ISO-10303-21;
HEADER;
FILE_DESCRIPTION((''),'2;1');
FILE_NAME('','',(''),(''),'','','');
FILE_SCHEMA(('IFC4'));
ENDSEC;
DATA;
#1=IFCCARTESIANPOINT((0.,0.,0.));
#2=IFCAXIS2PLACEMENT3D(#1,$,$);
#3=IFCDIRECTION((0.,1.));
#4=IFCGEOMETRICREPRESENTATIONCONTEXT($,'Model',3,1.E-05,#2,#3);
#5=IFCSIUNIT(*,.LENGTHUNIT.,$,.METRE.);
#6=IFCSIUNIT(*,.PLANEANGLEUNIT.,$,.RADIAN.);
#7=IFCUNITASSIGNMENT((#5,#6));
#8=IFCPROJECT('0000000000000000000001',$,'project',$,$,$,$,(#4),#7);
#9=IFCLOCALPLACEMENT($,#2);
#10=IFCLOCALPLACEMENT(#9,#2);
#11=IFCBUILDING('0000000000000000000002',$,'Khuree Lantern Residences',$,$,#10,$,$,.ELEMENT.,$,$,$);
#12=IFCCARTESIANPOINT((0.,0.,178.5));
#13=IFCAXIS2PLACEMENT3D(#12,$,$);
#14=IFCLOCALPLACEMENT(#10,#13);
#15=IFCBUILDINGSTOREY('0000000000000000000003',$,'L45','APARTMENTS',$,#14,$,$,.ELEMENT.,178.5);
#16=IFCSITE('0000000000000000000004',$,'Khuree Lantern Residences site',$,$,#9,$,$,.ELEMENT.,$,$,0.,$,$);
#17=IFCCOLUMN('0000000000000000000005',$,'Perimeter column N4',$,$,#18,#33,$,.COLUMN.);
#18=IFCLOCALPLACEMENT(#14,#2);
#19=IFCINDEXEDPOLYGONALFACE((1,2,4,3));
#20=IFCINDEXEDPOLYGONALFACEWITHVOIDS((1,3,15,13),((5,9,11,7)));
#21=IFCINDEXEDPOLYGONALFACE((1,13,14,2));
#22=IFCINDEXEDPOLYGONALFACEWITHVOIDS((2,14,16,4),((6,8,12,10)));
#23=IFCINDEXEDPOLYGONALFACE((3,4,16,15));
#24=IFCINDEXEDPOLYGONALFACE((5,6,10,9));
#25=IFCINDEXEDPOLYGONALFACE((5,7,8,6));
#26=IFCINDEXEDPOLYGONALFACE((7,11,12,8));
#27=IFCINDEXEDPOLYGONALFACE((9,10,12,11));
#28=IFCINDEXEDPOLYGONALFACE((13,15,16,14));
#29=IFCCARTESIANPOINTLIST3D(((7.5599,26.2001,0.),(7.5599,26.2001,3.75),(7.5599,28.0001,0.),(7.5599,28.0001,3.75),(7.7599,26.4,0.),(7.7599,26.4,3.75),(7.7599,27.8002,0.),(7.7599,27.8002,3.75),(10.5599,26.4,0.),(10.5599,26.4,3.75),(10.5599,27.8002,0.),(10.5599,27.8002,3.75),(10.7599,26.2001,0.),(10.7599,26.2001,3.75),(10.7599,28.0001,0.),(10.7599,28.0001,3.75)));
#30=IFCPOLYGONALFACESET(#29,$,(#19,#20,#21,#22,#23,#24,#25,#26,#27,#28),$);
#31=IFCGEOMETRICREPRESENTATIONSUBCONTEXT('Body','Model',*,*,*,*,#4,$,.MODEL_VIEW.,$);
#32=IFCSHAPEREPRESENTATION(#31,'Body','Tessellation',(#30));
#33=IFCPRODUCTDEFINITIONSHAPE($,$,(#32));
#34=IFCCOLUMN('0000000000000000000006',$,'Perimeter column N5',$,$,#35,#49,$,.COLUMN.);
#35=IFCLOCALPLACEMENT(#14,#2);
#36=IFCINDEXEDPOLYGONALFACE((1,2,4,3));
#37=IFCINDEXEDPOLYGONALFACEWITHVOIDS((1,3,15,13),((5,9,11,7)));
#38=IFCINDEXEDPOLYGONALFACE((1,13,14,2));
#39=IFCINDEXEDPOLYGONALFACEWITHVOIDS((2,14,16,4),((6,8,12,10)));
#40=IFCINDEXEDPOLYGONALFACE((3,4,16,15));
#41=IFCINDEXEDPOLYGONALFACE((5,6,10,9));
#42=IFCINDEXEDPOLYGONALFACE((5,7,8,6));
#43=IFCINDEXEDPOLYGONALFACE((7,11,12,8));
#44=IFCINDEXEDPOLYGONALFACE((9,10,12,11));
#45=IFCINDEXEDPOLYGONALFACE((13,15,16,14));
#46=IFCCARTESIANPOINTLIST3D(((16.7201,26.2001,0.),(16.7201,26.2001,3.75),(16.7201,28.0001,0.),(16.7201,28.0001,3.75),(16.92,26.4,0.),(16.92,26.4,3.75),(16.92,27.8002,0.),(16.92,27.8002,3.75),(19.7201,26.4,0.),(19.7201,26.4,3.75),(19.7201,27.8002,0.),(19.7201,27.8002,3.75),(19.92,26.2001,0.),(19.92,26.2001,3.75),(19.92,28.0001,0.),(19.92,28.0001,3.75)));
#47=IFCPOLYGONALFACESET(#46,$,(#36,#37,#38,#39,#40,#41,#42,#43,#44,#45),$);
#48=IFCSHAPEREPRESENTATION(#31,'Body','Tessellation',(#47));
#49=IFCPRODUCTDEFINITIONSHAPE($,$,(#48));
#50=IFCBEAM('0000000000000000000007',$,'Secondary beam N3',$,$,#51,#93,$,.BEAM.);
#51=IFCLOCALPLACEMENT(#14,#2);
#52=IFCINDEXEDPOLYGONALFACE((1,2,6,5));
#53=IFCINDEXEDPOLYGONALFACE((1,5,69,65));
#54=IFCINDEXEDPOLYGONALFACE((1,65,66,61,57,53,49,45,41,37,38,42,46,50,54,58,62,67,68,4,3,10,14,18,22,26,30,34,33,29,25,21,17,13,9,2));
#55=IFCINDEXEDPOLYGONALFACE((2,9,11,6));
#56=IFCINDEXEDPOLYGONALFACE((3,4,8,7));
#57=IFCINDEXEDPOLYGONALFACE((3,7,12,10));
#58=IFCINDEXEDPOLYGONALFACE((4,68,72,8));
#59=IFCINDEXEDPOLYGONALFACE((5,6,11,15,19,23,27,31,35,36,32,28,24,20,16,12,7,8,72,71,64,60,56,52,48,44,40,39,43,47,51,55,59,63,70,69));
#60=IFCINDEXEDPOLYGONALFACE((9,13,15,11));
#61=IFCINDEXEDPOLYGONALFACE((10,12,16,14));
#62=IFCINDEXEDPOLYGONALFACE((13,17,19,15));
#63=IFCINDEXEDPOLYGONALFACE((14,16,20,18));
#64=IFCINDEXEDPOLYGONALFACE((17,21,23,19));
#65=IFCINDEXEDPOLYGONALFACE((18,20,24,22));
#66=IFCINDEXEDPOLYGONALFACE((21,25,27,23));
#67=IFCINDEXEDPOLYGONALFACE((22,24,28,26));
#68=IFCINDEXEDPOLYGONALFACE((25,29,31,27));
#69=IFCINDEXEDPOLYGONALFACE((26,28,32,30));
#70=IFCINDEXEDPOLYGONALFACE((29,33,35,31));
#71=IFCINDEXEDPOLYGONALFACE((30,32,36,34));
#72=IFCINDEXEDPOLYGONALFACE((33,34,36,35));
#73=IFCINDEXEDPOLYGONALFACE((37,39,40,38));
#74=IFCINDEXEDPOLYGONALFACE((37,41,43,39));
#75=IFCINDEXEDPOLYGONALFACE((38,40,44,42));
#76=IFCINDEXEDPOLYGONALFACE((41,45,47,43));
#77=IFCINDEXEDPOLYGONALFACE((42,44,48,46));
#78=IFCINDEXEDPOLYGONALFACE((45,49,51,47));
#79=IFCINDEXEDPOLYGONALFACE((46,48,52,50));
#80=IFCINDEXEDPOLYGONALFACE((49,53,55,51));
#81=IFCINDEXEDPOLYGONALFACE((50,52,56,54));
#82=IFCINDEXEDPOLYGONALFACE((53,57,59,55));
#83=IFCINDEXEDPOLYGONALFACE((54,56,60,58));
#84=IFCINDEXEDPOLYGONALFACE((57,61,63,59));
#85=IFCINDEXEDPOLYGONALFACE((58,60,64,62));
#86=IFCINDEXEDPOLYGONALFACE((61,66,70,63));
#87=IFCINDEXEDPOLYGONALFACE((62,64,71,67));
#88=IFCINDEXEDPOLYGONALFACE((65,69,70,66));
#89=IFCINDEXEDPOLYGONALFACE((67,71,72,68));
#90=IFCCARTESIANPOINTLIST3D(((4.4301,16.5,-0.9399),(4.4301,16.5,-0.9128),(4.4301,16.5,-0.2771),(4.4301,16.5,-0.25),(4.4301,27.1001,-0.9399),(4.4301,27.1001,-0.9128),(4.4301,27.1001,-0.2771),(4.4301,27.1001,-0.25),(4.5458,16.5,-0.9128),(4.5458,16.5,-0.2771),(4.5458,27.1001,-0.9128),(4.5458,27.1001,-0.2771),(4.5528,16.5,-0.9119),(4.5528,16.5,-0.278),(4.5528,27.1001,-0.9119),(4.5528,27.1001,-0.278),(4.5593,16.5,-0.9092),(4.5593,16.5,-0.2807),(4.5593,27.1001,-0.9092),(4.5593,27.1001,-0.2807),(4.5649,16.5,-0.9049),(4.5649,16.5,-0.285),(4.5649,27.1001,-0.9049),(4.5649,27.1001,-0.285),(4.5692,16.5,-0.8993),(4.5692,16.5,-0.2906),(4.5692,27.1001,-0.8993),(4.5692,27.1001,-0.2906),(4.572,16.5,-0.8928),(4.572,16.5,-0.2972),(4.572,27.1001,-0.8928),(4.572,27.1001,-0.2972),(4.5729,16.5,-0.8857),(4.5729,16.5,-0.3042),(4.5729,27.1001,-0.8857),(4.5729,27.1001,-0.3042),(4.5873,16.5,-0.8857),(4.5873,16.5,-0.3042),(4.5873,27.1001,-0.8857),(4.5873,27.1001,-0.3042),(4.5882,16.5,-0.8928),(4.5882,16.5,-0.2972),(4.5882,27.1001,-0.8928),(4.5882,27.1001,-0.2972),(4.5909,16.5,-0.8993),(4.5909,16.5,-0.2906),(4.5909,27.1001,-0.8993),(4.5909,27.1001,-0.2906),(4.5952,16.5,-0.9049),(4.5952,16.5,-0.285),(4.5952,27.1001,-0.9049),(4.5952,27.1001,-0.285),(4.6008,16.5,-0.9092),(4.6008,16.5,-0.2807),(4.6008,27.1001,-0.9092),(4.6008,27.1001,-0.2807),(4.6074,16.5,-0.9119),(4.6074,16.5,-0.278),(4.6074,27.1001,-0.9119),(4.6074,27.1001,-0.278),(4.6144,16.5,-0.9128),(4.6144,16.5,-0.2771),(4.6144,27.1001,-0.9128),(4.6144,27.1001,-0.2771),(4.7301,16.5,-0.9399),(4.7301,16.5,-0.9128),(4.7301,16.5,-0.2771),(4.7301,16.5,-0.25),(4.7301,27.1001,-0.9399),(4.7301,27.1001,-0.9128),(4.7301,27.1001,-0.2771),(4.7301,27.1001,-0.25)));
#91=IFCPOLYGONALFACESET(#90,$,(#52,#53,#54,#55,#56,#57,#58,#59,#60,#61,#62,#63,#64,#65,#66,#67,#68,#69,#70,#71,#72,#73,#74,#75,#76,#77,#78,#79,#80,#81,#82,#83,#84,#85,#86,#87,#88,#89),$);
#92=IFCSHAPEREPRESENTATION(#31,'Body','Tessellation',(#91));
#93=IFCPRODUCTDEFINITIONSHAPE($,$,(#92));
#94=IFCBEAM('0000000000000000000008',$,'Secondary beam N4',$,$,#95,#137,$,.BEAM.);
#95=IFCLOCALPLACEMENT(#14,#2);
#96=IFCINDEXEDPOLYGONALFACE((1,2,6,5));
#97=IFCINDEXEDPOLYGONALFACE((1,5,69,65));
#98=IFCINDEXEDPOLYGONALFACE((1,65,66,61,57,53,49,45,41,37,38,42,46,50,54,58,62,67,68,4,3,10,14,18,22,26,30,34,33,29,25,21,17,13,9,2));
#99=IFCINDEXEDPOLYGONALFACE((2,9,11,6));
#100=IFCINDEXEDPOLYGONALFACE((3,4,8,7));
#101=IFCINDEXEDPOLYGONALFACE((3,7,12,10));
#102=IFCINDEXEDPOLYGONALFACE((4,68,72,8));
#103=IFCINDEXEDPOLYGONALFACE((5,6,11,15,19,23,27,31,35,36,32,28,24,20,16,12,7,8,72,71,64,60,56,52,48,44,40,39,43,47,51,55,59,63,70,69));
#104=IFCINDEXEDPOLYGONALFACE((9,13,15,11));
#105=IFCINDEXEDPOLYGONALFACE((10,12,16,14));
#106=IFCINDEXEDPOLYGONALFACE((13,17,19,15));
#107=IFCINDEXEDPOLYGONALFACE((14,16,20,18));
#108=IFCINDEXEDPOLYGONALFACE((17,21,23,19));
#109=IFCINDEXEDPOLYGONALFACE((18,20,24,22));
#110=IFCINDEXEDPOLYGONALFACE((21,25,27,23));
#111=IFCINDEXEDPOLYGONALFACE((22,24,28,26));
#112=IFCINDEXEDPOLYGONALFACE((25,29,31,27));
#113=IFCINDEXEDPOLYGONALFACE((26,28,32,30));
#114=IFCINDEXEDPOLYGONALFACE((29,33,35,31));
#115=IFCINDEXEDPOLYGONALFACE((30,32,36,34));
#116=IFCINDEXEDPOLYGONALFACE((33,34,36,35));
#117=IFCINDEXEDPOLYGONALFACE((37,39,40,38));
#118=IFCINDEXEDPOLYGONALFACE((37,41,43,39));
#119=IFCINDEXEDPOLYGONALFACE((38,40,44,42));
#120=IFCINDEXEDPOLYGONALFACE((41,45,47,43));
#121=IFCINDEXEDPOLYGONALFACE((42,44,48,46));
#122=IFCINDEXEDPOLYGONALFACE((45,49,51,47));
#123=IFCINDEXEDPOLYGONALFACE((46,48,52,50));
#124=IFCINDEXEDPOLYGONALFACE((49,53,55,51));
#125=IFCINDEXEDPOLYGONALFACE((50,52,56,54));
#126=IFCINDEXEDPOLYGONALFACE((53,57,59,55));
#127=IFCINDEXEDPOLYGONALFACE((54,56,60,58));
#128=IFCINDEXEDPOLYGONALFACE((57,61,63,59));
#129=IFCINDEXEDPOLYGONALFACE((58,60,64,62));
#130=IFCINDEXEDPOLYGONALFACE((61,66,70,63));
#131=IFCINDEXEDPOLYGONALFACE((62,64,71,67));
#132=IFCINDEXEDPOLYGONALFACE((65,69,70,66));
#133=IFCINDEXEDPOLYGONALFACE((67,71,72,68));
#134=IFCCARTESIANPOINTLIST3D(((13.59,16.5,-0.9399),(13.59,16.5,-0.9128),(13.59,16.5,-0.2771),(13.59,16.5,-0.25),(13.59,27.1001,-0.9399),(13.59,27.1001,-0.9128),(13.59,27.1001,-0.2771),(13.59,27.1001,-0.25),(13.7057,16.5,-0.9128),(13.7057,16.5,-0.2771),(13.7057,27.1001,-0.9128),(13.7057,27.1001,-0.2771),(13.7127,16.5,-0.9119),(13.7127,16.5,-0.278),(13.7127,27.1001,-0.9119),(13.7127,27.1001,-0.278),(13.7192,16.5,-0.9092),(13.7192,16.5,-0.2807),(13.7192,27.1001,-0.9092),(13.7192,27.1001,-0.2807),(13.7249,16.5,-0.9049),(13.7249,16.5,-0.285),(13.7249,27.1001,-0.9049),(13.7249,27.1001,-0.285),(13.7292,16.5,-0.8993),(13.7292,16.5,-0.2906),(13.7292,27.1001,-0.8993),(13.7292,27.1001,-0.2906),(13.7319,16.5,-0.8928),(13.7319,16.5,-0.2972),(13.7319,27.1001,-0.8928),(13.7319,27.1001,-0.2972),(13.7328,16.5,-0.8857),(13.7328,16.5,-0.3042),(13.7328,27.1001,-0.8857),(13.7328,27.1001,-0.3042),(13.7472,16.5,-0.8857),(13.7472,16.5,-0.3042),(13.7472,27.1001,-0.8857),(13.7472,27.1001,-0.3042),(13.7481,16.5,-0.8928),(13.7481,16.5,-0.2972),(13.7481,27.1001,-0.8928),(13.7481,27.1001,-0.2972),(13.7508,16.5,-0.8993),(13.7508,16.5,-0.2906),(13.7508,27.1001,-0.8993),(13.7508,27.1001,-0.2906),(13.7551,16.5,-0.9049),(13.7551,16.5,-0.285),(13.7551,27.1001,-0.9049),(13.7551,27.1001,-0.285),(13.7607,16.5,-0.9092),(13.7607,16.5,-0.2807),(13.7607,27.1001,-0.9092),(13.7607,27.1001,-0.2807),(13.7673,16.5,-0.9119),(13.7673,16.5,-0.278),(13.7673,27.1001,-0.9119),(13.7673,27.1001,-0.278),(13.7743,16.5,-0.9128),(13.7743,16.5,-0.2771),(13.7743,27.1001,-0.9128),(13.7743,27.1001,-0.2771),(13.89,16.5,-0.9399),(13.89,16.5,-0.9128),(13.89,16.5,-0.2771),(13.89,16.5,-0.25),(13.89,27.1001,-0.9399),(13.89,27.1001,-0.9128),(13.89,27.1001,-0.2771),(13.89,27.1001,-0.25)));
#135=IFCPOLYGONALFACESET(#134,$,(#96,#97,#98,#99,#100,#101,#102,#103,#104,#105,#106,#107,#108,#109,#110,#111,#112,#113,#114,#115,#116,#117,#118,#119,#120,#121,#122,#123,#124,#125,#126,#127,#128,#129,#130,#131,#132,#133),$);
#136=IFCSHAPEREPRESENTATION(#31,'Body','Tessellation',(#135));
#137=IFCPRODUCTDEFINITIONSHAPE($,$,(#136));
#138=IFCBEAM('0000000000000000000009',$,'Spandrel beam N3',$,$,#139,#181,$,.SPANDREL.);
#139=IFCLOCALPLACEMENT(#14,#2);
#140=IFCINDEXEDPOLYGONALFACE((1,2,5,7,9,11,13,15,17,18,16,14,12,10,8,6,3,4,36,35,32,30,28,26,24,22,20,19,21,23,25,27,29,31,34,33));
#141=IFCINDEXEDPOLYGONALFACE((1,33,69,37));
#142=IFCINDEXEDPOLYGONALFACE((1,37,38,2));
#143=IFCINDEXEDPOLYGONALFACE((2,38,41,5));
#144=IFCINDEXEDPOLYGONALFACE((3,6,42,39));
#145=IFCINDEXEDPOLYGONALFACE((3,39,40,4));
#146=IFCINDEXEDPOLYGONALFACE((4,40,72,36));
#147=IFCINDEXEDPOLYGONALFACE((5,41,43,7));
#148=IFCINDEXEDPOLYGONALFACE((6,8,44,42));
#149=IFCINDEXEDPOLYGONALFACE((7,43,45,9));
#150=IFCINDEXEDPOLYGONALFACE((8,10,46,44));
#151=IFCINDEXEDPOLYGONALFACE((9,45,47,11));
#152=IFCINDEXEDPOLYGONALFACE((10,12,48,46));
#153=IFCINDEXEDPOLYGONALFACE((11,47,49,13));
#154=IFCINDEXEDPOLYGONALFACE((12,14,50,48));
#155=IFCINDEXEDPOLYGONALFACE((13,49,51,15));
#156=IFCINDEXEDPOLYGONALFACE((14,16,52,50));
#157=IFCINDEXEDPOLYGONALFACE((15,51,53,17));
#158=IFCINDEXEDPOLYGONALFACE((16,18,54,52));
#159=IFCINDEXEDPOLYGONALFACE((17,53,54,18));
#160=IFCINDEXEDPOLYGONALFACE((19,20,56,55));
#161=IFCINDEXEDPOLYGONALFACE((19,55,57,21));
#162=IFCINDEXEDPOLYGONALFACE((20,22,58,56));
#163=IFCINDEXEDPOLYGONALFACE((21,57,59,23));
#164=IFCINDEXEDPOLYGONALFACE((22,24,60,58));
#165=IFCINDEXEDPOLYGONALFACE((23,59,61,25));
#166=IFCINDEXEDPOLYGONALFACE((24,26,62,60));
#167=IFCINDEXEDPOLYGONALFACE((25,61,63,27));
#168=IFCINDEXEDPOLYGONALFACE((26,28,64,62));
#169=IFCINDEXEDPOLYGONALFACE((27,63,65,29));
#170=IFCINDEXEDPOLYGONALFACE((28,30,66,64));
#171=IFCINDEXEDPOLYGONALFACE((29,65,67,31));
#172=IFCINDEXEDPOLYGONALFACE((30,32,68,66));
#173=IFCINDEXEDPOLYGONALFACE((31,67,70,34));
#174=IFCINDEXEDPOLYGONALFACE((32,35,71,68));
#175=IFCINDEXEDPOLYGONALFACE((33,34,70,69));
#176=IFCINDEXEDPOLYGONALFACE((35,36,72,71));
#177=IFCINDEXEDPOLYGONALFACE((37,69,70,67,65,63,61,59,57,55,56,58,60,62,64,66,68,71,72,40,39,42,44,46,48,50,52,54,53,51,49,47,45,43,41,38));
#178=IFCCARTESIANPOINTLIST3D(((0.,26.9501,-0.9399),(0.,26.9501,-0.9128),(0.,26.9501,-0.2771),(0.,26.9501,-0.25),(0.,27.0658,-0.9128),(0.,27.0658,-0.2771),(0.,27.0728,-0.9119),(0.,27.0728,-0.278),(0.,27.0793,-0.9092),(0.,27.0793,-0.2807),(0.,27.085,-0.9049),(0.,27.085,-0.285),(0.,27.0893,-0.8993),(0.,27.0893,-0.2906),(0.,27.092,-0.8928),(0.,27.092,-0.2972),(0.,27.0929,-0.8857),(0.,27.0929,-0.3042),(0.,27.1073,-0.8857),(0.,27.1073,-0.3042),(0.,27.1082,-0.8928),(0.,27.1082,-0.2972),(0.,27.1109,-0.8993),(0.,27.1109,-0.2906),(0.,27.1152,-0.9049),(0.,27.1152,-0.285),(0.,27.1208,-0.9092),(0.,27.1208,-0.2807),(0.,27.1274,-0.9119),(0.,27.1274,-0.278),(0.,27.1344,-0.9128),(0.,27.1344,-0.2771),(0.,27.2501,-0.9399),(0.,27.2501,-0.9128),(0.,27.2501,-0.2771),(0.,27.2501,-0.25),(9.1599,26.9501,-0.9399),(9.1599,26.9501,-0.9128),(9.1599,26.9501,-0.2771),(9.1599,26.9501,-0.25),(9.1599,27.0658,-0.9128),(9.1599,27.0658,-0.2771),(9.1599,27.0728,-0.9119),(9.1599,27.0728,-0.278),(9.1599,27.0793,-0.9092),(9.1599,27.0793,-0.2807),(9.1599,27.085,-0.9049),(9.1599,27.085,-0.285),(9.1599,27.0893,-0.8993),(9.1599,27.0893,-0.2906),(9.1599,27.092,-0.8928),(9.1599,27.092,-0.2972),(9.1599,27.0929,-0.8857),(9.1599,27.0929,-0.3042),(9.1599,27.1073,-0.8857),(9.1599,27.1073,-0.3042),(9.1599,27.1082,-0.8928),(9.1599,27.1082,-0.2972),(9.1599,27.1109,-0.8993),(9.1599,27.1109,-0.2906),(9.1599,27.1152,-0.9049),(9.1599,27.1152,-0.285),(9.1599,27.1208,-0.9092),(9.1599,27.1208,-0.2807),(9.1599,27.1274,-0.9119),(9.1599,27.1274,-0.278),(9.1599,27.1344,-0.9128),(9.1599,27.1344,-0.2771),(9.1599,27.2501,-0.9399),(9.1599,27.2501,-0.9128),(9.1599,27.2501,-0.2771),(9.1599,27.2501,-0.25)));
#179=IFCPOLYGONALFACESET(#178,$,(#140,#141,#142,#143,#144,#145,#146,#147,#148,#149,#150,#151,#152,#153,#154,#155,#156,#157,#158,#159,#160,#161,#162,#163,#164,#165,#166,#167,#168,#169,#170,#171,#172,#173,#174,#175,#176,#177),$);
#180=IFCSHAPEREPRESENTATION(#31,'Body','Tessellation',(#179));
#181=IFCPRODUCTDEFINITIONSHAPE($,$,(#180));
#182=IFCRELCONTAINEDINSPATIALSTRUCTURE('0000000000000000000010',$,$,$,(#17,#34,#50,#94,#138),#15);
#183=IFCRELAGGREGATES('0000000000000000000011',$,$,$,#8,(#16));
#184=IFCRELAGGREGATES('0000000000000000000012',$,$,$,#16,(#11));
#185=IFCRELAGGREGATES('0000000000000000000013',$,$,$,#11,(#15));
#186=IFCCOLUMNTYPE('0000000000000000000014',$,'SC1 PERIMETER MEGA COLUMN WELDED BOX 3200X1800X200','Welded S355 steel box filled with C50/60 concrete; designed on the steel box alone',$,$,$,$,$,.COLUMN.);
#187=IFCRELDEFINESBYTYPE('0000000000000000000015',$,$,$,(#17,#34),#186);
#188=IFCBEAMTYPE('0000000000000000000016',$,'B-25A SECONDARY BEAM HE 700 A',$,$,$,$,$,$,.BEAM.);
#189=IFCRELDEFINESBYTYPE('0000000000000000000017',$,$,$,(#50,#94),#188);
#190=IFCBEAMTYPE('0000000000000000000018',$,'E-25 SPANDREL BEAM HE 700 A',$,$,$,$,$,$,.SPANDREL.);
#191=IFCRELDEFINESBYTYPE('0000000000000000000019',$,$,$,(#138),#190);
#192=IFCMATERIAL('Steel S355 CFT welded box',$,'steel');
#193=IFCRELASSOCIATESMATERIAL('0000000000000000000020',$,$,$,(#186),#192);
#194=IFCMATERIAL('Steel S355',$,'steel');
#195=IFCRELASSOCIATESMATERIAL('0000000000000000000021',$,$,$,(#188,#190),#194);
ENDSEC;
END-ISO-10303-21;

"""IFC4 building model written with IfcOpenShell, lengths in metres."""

from ifc_helpers import new_model, si_unit, direction, frame, origin, origin_2d, place, context, subcontext, project, spatial, hollow_rectangle, i_section, extrude, material, material_profile, profile_set, type_object, element, save


model = new_model("IFC4")

# Units and contexts
model_context = context("Model", 3, precision=1e-05, world=origin(), true_north=direction((0.0, 1.0)))
body_context = subcontext(model_context, "Body", "Model", "MODEL_VIEW")
ifc_project = project(units=[si_unit("LENGTHUNIT", "METRE"), si_unit("PLANEANGLEUNIT", "RADIAN")], contexts=[model_context])

# Site, building, storey
site_placement = place(None, origin())
site = spatial("IfcSite", under=ifc_project, at=site_placement, Name="Khuree Lantern Residences site", CompositionType="ELEMENT", RefElevation=0.0)
building_placement = place(site_placement, origin())
building = spatial("IfcBuilding", under=site, at=building_placement, Name="Khuree Lantern Residences", CompositionType="ELEMENT")
storey_placement = place(building_placement, frame((0.0, 0.0, 178.5)))
storey = spatial("IfcBuildingStorey", under=building, at=storey_placement, Name="L45", Description="APARTMENTS", CompositionType="ELEMENT", Elevation=178.5)

# Columns
ifc_material_1 = material(Name="Steel S355 CFT welded box", Category="steel")
ifc_material_profile_1 = material_profile(ifc_material_1, hollow_rectangle(XDim=3.2, YDim=1.8, WallThickness=0.2, at=origin_2d()), Name="WELDED BOX 3200X1800X200")
ifc_profile_set_1 = profile_set([ifc_material_profile_1], Name="Steel S355 CFT welded box")
column_type = type_object("IfcColumnType", Name="SC1 PERIMETER MEGA COLUMN WELDED BOX 3200X1800X200", Description="Welded S355 steel box filled with C50/60 concrete; designed on the steel box alone", PredefinedType="COLUMN", material=ifc_profile_set_1)
for number, where, z_axis, x_axis, name in (
    (1, (9.1599, 27.1001, 0.0), (0.0, 0.0, 1.0), (1.0, 0.0, 0.0), "Perimeter column N4"),
    (2, (18.3201, 27.1001, 0.0), (0.0, 0.0, 1.0), (1.0, 0.0, 0.0), "Perimeter column N5"),
):
    element("IfcColumn", number, at=place(storey_placement, frame(where, z_axis=z_axis, x_axis=x_axis)), inside=storey, type_object=column_type, Name=name, PredefinedType="COLUMN", context=body_context, shape_type="SweptSolid", body=[
        extrude(hollow_rectangle(XDim=3.2, YDim=1.8, WallThickness=0.2, at=origin_2d()), origin(), (0.0, 0.0, 1.0), 3.75),
    ])

# Beams
ifc_material_2 = material(Name="Steel S355", Category="steel")
ifc_material_profile_2 = material_profile(ifc_material_2, i_section(OverallWidth=0.3, OverallDepth=0.6899, WebThickness=0.0144, FlangeThickness=0.0271, FilletRadius=0.0271, at=origin_2d()), Name="HE 700 A")
ifc_profile_set_2 = profile_set([ifc_material_profile_2], Name="Steel S355")
beam_type_1 = type_object("IfcBeamType", Name="B-25A SECONDARY BEAM HE 700 A", PredefinedType="BEAM", material=ifc_profile_set_2)
for number, where, z_axis, x_axis, name in (
    (3, (4.5801, 27.1001, -0.595), (0.0, -1.0, 0.0), (1.0, 0.0, 0.0), "Secondary beam N3"),
    (4, (13.74, 27.1001, -0.595), (0.0, -1.0, 0.0), (1.0, 0.0, 0.0), "Secondary beam N4"),
):
    element("IfcBeam", number, at=place(storey_placement, frame(where, z_axis=z_axis, x_axis=x_axis)), inside=storey, type_object=beam_type_1, Name=name, PredefinedType="BEAM", context=body_context, shape_type="SweptSolid", body=[
        extrude(i_section(OverallWidth=0.3, OverallDepth=0.6899, WebThickness=0.0144, FlangeThickness=0.0271, FilletRadius=0.0271, at=origin_2d()), origin(), (0.0, 0.0, 1.0), 10.6001),
    ])
ifc_material_profile_3 = material_profile(ifc_material_2, i_section(OverallWidth=0.3, OverallDepth=0.6899, WebThickness=0.0144, FlangeThickness=0.0271, FilletRadius=0.0271, at=origin_2d()), Name="HE 700 A")
ifc_profile_set_3 = profile_set([ifc_material_profile_3], Name="Steel S355")
beam_type_2 = type_object("IfcBeamType", Name="E-25 SPANDREL BEAM HE 700 A", PredefinedType="SPANDREL", material=ifc_profile_set_3)
beam_1_placement = place(storey_placement, frame((0.0, 27.1001, -0.595), z_axis=(1.0, 0.0, 0.0), x_axis=(0.0, 1.0, 0.0)))
element("IfcBeam", 5, at=beam_1_placement, inside=storey, type_object=beam_type_2, Name="Spandrel beam N3", PredefinedType="SPANDREL", context=body_context, shape_type="SweptSolid", body=[
    extrude(i_section(OverallWidth=0.3, OverallDepth=0.6899, WebThickness=0.0144, FlangeThickness=0.0271, FilletRadius=0.0271, at=origin_2d()), origin(), (0.0, 0.0, 1.0), 9.1599),
])

save(model, "model.ifc")
